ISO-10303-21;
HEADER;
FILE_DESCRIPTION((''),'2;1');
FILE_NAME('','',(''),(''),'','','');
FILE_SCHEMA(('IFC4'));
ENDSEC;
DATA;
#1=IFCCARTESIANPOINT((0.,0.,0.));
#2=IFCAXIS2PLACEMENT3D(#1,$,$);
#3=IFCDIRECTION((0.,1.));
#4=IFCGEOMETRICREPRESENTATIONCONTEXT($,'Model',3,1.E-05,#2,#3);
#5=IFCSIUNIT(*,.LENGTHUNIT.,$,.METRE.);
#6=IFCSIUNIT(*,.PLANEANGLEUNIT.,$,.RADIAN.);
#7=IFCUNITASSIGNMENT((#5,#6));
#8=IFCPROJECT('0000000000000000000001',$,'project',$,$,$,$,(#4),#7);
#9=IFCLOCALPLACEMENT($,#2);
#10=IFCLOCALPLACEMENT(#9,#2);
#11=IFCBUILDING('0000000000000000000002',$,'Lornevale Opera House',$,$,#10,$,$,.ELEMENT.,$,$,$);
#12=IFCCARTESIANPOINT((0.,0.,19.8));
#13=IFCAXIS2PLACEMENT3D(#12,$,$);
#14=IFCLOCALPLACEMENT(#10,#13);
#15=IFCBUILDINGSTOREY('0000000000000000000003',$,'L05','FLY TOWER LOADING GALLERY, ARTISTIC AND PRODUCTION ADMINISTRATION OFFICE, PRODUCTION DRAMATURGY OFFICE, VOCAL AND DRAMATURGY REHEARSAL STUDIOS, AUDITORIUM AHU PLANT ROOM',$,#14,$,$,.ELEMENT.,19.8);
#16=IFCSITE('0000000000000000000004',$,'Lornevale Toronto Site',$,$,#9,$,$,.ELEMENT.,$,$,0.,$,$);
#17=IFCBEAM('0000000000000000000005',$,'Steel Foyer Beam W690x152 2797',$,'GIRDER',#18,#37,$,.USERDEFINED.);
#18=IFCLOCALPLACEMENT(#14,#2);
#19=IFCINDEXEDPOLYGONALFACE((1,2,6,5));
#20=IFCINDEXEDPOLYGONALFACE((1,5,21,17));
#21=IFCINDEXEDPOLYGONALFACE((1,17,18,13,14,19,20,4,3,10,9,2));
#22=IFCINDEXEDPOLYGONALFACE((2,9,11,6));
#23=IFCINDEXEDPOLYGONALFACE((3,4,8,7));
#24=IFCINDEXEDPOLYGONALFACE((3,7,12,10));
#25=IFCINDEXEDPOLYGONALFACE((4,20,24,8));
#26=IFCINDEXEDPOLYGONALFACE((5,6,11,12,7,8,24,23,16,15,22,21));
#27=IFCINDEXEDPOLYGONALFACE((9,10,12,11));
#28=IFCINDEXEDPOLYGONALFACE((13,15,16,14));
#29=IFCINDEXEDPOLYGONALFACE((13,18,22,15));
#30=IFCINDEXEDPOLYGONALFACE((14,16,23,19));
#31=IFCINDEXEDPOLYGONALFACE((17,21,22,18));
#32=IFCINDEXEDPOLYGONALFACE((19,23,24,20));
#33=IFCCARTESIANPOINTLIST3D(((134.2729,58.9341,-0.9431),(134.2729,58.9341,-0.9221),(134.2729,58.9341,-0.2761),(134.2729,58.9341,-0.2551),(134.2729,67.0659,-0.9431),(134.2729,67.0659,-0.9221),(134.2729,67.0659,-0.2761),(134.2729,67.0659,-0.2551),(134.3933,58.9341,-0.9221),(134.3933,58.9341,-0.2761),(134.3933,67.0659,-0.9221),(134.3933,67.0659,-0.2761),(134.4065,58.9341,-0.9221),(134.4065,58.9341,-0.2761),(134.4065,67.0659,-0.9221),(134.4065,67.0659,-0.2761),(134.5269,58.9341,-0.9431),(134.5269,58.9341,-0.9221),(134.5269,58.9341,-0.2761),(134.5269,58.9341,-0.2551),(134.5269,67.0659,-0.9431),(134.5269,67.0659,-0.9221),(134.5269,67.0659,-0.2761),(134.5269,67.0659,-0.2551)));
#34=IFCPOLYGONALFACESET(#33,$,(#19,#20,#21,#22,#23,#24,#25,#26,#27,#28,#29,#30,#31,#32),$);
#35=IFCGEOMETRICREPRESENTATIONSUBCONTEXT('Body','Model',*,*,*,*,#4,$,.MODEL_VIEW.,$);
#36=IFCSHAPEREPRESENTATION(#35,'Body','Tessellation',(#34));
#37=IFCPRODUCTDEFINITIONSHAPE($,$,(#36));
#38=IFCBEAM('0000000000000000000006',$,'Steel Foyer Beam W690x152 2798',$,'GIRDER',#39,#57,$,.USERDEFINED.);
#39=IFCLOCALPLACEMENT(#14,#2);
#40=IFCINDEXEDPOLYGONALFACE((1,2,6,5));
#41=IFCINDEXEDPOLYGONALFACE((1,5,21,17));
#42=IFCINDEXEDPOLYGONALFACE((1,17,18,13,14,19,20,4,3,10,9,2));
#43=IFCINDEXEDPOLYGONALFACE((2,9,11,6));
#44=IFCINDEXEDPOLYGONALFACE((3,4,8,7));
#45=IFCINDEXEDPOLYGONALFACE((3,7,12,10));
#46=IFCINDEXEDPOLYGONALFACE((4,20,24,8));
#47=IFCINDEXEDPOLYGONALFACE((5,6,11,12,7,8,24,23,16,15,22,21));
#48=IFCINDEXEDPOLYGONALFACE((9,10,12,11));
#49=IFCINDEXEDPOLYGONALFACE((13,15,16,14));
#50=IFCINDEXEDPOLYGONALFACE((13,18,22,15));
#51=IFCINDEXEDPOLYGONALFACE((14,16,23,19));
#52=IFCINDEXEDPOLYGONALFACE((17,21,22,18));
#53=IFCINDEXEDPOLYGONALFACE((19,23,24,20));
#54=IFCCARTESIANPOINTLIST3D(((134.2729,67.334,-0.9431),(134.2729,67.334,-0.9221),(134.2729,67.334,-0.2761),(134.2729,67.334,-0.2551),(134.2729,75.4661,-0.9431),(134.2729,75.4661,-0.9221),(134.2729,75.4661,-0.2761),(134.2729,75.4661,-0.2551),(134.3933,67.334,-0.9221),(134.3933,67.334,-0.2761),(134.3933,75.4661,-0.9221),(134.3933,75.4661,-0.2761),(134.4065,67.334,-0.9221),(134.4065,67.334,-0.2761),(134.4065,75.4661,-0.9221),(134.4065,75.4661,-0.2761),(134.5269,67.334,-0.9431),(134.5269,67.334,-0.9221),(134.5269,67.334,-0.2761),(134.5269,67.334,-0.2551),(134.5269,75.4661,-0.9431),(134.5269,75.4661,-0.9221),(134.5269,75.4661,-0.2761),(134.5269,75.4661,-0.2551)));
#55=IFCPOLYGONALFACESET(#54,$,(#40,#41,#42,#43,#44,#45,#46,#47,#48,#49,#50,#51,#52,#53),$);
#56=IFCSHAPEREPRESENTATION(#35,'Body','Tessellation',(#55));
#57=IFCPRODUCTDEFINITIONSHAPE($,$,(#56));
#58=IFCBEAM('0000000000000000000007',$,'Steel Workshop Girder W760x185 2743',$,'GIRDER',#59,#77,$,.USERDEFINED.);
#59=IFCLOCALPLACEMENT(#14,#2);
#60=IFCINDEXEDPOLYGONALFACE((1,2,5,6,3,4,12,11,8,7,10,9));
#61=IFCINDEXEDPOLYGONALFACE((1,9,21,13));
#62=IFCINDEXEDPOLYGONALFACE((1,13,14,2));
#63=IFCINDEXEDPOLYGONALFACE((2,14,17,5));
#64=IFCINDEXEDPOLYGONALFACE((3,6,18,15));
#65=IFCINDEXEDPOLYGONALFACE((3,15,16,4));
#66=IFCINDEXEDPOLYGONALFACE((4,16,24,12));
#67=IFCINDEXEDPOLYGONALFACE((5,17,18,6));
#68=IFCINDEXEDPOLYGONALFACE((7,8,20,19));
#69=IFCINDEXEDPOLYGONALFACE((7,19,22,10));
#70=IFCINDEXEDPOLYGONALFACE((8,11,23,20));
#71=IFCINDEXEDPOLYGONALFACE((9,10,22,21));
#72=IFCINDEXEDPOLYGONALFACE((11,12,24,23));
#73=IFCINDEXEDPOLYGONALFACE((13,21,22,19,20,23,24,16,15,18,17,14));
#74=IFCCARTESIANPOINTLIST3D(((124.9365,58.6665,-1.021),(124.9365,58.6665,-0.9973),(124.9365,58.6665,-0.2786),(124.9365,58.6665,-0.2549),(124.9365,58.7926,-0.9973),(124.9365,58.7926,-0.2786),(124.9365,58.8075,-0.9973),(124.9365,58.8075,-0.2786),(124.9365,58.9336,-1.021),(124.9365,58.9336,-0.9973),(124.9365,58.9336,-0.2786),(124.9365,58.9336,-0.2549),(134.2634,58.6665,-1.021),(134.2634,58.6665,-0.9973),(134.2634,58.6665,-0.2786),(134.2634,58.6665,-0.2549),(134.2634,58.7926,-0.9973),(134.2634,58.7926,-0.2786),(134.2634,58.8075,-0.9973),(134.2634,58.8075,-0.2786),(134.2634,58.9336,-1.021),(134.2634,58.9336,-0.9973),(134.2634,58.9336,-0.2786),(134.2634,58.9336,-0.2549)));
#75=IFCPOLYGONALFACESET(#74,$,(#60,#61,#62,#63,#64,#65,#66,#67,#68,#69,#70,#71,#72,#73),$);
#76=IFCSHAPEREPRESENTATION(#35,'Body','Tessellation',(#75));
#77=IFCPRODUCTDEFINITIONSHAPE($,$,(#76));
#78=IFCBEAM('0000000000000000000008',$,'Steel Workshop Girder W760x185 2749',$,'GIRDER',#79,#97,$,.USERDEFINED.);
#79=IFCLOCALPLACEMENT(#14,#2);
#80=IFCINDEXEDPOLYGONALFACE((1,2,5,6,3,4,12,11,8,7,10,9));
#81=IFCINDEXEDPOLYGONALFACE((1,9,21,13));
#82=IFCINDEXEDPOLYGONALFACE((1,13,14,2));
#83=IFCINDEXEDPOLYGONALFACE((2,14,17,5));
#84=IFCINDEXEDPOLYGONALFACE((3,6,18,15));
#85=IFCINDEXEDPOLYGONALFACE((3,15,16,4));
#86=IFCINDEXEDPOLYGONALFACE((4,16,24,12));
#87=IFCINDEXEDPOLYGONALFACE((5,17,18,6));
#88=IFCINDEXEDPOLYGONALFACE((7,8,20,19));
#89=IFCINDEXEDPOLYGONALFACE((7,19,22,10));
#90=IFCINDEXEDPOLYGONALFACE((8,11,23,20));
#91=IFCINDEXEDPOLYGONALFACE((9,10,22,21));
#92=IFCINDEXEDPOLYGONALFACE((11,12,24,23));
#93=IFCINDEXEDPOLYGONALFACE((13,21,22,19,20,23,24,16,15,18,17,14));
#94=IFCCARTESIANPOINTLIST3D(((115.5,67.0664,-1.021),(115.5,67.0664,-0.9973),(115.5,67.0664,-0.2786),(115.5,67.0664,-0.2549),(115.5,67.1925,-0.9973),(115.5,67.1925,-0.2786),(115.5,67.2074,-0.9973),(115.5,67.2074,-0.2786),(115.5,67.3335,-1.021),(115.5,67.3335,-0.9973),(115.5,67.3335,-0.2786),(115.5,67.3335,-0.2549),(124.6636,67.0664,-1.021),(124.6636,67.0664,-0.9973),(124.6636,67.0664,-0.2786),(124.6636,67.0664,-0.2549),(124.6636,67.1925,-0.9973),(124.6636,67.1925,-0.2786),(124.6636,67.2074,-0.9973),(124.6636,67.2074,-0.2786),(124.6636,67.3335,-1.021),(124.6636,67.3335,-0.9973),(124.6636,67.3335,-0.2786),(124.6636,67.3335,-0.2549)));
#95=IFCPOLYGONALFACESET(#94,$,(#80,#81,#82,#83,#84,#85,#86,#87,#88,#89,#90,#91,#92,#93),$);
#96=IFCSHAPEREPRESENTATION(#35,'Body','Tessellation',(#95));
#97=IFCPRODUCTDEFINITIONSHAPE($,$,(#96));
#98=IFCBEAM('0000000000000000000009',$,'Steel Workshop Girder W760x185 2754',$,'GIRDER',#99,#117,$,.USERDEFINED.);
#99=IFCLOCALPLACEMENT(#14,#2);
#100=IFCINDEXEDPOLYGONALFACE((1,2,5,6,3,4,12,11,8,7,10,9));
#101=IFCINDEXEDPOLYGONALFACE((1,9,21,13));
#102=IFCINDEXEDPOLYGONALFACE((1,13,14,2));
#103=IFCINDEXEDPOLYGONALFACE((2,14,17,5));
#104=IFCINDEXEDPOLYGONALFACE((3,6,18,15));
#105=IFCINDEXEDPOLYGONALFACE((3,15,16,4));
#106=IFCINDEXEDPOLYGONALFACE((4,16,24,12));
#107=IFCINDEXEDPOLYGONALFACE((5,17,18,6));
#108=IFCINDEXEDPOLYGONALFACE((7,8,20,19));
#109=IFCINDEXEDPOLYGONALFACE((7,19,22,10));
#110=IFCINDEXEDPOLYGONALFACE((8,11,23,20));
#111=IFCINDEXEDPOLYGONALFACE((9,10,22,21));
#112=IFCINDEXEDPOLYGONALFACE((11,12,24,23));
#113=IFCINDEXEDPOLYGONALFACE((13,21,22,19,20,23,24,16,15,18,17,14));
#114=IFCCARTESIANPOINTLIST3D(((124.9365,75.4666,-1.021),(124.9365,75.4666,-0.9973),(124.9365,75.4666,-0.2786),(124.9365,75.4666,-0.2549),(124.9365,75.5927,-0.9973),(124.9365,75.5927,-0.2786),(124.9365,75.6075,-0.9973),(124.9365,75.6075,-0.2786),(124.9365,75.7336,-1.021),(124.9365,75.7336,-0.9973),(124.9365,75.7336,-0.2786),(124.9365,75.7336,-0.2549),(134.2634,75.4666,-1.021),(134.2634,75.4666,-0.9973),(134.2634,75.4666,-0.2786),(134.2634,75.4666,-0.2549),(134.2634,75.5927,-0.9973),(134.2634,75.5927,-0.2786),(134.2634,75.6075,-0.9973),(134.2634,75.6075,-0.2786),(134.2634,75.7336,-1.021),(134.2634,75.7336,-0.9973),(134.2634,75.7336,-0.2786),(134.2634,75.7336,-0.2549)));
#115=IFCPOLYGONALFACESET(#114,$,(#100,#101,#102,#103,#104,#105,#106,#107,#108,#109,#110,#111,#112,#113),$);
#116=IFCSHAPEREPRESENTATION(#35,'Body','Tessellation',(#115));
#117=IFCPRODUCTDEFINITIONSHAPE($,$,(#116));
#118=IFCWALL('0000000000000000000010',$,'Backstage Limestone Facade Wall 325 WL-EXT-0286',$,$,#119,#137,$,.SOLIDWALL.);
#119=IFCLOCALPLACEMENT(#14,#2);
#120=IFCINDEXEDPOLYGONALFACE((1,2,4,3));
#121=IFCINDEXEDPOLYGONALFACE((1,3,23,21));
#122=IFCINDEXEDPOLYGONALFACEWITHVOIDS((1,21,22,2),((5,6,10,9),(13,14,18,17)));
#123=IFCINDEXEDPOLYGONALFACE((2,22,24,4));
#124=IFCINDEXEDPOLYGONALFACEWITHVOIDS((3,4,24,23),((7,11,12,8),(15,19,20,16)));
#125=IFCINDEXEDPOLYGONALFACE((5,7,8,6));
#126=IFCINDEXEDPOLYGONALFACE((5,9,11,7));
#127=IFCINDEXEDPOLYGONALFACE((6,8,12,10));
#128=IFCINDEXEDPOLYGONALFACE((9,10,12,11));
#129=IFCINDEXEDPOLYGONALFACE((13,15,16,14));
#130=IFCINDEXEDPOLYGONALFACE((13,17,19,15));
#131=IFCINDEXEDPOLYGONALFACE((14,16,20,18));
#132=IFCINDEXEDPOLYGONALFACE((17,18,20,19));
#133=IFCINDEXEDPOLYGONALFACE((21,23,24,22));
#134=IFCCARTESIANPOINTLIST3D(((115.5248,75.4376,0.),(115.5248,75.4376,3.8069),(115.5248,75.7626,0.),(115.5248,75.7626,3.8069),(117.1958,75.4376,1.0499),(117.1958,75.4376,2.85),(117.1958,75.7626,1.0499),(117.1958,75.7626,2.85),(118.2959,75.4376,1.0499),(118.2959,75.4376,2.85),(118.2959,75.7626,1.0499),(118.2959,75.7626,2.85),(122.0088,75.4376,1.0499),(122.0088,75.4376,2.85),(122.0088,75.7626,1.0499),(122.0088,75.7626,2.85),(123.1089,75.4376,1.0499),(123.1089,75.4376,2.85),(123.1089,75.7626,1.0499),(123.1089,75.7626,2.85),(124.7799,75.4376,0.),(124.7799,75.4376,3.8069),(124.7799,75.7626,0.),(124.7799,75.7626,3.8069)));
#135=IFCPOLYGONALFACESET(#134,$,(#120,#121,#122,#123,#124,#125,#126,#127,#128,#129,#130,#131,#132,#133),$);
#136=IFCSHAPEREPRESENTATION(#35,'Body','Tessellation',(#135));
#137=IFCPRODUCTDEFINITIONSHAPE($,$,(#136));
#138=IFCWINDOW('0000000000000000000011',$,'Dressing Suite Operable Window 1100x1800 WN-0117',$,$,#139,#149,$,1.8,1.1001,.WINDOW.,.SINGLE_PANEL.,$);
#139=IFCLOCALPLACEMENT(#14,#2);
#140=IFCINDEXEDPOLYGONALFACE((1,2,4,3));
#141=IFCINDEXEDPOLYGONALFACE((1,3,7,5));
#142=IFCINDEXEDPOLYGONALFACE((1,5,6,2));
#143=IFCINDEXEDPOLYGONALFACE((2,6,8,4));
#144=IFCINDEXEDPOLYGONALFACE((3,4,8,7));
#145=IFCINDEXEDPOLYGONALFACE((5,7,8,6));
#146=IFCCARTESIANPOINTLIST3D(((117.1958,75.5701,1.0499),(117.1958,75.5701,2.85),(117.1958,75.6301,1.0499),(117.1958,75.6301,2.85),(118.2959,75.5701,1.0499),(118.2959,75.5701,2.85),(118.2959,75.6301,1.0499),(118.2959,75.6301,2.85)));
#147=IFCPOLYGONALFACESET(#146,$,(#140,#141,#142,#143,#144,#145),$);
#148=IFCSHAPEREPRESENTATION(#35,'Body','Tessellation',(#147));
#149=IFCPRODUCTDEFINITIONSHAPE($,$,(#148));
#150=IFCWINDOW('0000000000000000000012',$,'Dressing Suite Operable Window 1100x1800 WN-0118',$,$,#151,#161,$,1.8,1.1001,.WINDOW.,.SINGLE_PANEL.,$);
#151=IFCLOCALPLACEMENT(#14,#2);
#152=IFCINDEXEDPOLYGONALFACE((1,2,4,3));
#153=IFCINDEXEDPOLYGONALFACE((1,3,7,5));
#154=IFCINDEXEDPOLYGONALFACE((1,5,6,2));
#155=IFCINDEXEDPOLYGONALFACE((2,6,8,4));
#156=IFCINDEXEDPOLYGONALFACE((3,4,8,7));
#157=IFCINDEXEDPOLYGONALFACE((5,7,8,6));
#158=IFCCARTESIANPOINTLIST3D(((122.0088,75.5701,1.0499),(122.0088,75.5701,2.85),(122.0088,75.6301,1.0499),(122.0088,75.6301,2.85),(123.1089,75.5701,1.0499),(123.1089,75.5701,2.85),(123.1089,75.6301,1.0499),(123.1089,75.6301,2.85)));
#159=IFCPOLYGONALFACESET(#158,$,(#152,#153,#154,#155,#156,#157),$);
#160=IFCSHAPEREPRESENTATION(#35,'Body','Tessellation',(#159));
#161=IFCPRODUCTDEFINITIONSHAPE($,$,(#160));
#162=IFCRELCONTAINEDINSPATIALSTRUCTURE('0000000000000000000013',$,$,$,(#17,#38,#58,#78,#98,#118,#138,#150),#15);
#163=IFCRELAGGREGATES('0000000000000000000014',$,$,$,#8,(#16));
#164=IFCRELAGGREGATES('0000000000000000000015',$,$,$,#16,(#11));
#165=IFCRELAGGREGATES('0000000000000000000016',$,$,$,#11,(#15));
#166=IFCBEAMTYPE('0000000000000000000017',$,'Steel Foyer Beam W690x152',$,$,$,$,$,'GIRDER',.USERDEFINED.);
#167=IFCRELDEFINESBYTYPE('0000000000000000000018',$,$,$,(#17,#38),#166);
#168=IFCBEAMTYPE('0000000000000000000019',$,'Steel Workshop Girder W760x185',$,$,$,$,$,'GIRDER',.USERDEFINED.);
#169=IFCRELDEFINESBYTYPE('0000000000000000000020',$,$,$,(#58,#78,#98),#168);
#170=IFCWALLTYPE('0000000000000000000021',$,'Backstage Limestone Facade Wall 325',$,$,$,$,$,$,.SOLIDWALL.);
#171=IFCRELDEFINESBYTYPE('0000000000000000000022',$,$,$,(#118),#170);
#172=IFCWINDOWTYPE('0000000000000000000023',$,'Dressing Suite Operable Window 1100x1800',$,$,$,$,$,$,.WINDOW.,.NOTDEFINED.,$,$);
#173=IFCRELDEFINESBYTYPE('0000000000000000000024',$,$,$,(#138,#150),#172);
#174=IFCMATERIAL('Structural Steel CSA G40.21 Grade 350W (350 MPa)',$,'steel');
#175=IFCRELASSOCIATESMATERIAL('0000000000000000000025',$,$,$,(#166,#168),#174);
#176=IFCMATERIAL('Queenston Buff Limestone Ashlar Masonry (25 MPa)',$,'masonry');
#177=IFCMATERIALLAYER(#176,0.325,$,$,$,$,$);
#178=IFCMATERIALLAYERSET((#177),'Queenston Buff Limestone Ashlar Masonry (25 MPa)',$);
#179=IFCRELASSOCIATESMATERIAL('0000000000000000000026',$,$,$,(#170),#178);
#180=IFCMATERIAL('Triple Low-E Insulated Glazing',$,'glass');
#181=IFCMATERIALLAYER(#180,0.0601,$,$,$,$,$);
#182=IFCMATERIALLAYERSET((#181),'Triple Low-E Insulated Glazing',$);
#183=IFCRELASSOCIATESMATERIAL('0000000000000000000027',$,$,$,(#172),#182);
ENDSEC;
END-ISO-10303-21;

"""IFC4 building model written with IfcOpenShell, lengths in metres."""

from ifc_helpers import new_model, si_unit, direction, frame, frame_2d, origin, origin_2d, place, context, subcontext, project, spatial, rectangle, i_section, extrude, material, layer, layer_set, material_profile, profile_set, type_object, element, fill, save


model = new_model("IFC4")

# Units and contexts
model_context = context("Model", 3, precision=1e-05, world=origin(), true_north=direction((0.0, 1.0)))
body_context = subcontext(model_context, "Body", "Model", "MODEL_VIEW")
ifc_project = project(units=[si_unit("LENGTHUNIT", "METRE"), si_unit("PLANEANGLEUNIT", "RADIAN")], contexts=[model_context])

# Site, building, storey
site_placement = place(None, origin())
site = spatial("IfcSite", under=ifc_project, at=site_placement, Name="Lornevale Toronto Site", CompositionType="ELEMENT", RefElevation=0.0)
building_placement = place(site_placement, origin())
building = spatial("IfcBuilding", under=site, at=building_placement, Name="Lornevale Opera House", CompositionType="ELEMENT")
storey_placement = place(building_placement, frame((0.0, 0.0, 19.8)))
storey = spatial("IfcBuildingStorey", under=building, at=storey_placement, Name="L05", Description="FLY TOWER LOADING GALLERY, ARTISTIC AND PRODUCTION ADMINISTRATION OFFICE, PRODUCTION DRAMATURGY OFFICE, VOCAL AND DRAMATURGY REHEARSAL STUDIOS, AUDITORIUM AHU PLANT ROOM", CompositionType="ELEMENT", Elevation=19.8)

# Shared definitions
ifc_material_1 = material(Name="Structural Steel CSA G40.21 Grade 350W (350 MPa)", Category="steel")

# Beams
ifc_material_profile_1 = material_profile(ifc_material_1, i_section(OverallWidth=0.2539, OverallDepth=0.688, WebThickness=0.0132, FlangeThickness=0.021, at=origin_2d()), Name="W690x152")
ifc_profile_set_1 = profile_set([ifc_material_profile_1], Name="Structural Steel CSA G40.21 Grade 350W (350 MPa)")
beam_type_1 = type_object("IfcBeamType", Name="Steel Foyer Beam W690x152", ElementType="GIRDER", PredefinedType="USERDEFINED", material=ifc_profile_set_1)
beam_1_placement = place(storey_placement, frame((134.3999, 58.9341, -0.5991), z_axis=(0.0, 1.0, 0.0), x_axis=(-1.0, 0.0, 0.0)))
element("IfcBeam", 1, at=beam_1_placement, inside=storey, type_object=beam_type_1, Name="Steel Foyer Beam W690x152 2797", ObjectType="GIRDER", PredefinedType="USERDEFINED", context=body_context, shape_type="SweptSolid", body=[
    extrude(i_section(OverallWidth=0.2539, OverallDepth=0.688, WebThickness=0.0132, FlangeThickness=0.021, at=origin_2d()), origin(), (0.0, 0.0, 1.0), 8.1318),
])
beam_2_placement = place(storey_placement, frame((134.3999, 67.334, -0.5991), z_axis=(0.0, 1.0, 0.0), x_axis=(-1.0, 0.0, 0.0)))
element("IfcBeam", 2, at=beam_2_placement, inside=storey, type_object=beam_type_1, Name="Steel Foyer Beam W690x152 2798", ObjectType="GIRDER", PredefinedType="USERDEFINED", context=body_context, shape_type="SweptSolid", body=[
    extrude(i_section(OverallWidth=0.2539, OverallDepth=0.688, WebThickness=0.0132, FlangeThickness=0.021, at=origin_2d()), origin(), (0.0, 0.0, 1.0), 8.1321),
])
ifc_material_profile_2 = material_profile(ifc_material_1, i_section(OverallWidth=0.2671, OverallDepth=0.7661, WebThickness=0.0149, FlangeThickness=0.0237, at=origin_2d()), Name="W760x185")
ifc_profile_set_2 = profile_set([ifc_material_profile_2], Name="Structural Steel CSA G40.21 Grade 350W (350 MPa)")
beam_type_2 = type_object("IfcBeamType", Name="Steel Workshop Girder W760x185", ElementType="GIRDER", PredefinedType="USERDEFINED", material=ifc_profile_set_2)
beam_3_placement = place(storey_placement, frame((124.9365, 58.8, -0.6379), z_axis=(1.0, 0.0, 0.0), x_axis=(0.0, 1.0, 0.0)))
element("IfcBeam", 3, at=beam_3_placement, inside=storey, type_object=beam_type_2, Name="Steel Workshop Girder W760x185 2743", ObjectType="GIRDER", PredefinedType="USERDEFINED", context=body_context, shape_type="SweptSolid", body=[
    extrude(i_section(OverallWidth=0.2671, OverallDepth=0.7661, WebThickness=0.0149, FlangeThickness=0.0237, at=origin_2d()), origin(), (0.0, 0.0, 1.0), 9.3269),
])
beam_4_placement = place(storey_placement, frame((115.5, 67.2, -0.6379), z_axis=(1.0, 0.0, 0.0), x_axis=(0.0, 1.0, 0.0)))
element("IfcBeam", 4, at=beam_4_placement, inside=storey, type_object=beam_type_2, Name="Steel Workshop Girder W760x185 2749", ObjectType="GIRDER", PredefinedType="USERDEFINED", context=body_context, shape_type="SweptSolid", body=[
    extrude(i_section(OverallWidth=0.2671, OverallDepth=0.7661, WebThickness=0.0149, FlangeThickness=0.0237, at=origin_2d()), origin(), (0.0, 0.0, 1.0), 9.1636),
])
beam_5_placement = place(storey_placement, frame((124.9365, 75.6001, -0.6379), z_axis=(1.0, 0.0, 0.0), x_axis=(0.0, 1.0, 0.0)))
element("IfcBeam", 5, at=beam_5_placement, inside=storey, type_object=beam_type_2, Name="Steel Workshop Girder W760x185 2754", ObjectType="GIRDER", PredefinedType="USERDEFINED", context=body_context, shape_type="SweptSolid", body=[
    extrude(i_section(OverallWidth=0.2671, OverallDepth=0.7661, WebThickness=0.0149, FlangeThickness=0.0237, at=origin_2d()), origin(), (0.0, 0.0, 1.0), 9.3269),
])

# Wall, openings, windows
ifc_material_2 = material(Name="Queenston Buff Limestone Ashlar Masonry (25 MPa)", Category="masonry")
ifc_layer_1 = layer(ifc_material_2, 0.325)
ifc_layer_set_1 = layer_set([ifc_layer_1], Name="Queenston Buff Limestone Ashlar Masonry (25 MPa)")
wall_type_1 = type_object("IfcWallType", Name="Backstage Limestone Facade Wall 325", PredefinedType="SOLIDWALL", material=ifc_layer_set_1)
wall_1_placement = place(storey_placement, frame((115.5249, 75.6001, 0.0), z_axis=(0.0, 0.0, 1.0), x_axis=(1.0, 0.0, 0.0)))
wall_1 = element("IfcWall", 6, at=wall_1_placement, inside=storey, type_object=wall_type_1, Name="Backstage Limestone Facade Wall 325 WL-EXT-0286", PredefinedType="SOLIDWALL", context=body_context, shape_type="SweptSolid", body=[
    extrude(rectangle(XDim=9.2551, YDim=0.325, at=frame_2d((4.6274, 0.0))), origin(), (0.0, 0.0, 1.0), 3.8069),
])
opening_1_placement = place(wall_1_placement, frame((1.6709, 0.0, 1.05)))
opening_1 = element("IfcOpeningElement", 7, at=opening_1_placement, cuts=wall_1, PredefinedType="OPENING", context=body_context, shape_type="SweptSolid", body=[
    extrude(rectangle(XDim=1.1001, YDim=1.8, at=frame_2d((0.55, 0.8999))), frame((0.0, 0.1724, 0.0), z_axis=(0.0, -1.0, 0.0), x_axis=(1.0, 0.0, 0.0)), (0.0, 0.0, 1.0), 0.345),
])
opening_2_placement = place(wall_1_placement, frame((6.4839, 0.0, 1.05)))
opening_2 = element("IfcOpeningElement", 8, at=opening_2_placement, cuts=wall_1, PredefinedType="OPENING", context=body_context, shape_type="SweptSolid", body=[
    extrude(rectangle(XDim=1.1001, YDim=1.8, at=frame_2d((0.55, 0.8999))), frame((0.0, 0.1724, 0.0), z_axis=(0.0, -1.0, 0.0), x_axis=(1.0, 0.0, 0.0)), (0.0, 0.0, 1.0), 0.345),
])
ifc_material_3 = material(Name="Triple Low-E Insulated Glazing", Category="glass")
ifc_layer_2 = layer(ifc_material_3, 0.0601)
ifc_layer_set_2 = layer_set([ifc_layer_2], Name="Triple Low-E Insulated Glazing")
window_type_1 = type_object("IfcWindowType", Name="Dressing Suite Operable Window 1100x1800", PartitioningType="NOTDEFINED", PredefinedType="WINDOW", material=ifc_layer_set_2)
window_1_placement = place(opening_1_placement, origin())
window_1 = element("IfcWindow", 9, at=window_1_placement, inside=storey, type_object=window_type_1, Name="Dressing Suite Operable Window 1100x1800 WN-0117", OverallHeight=1.8, OverallWidth=1.1001, PartitioningType="SINGLE_PANEL", PredefinedType="WINDOW", context=body_context, shape_type="SweptSolid", body=[
    extrude(rectangle(XDim=1.1001, YDim=1.8, at=frame_2d((0.55, 0.8999))), frame((0.0, 0.03, 0.0), z_axis=(0.0, -1.0, 0.0), x_axis=(1.0, 0.0, 0.0)), (0.0, 0.0, 1.0), 0.0601),
])
fill(opening_1, window_1)
window_2_placement = place(opening_2_placement, origin())
window_2 = element("IfcWindow", 10, at=window_2_placement, inside=storey, type_object=window_type_1, Name="Dressing Suite Operable Window 1100x1800 WN-0118", OverallHeight=1.8, OverallWidth=1.1001, PartitioningType="SINGLE_PANEL", PredefinedType="WINDOW", context=body_context, shape_type="SweptSolid", body=[
    extrude(rectangle(XDim=1.1001, YDim=1.8, at=frame_2d((0.55, 0.8999))), frame((0.0, 0.03, 0.0), z_axis=(0.0, -1.0, 0.0), x_axis=(1.0, 0.0, 0.0)), (0.0, 0.0, 1.0), 0.0601),
])
fill(opening_2, window_2)

save(model, "model.ifc")
